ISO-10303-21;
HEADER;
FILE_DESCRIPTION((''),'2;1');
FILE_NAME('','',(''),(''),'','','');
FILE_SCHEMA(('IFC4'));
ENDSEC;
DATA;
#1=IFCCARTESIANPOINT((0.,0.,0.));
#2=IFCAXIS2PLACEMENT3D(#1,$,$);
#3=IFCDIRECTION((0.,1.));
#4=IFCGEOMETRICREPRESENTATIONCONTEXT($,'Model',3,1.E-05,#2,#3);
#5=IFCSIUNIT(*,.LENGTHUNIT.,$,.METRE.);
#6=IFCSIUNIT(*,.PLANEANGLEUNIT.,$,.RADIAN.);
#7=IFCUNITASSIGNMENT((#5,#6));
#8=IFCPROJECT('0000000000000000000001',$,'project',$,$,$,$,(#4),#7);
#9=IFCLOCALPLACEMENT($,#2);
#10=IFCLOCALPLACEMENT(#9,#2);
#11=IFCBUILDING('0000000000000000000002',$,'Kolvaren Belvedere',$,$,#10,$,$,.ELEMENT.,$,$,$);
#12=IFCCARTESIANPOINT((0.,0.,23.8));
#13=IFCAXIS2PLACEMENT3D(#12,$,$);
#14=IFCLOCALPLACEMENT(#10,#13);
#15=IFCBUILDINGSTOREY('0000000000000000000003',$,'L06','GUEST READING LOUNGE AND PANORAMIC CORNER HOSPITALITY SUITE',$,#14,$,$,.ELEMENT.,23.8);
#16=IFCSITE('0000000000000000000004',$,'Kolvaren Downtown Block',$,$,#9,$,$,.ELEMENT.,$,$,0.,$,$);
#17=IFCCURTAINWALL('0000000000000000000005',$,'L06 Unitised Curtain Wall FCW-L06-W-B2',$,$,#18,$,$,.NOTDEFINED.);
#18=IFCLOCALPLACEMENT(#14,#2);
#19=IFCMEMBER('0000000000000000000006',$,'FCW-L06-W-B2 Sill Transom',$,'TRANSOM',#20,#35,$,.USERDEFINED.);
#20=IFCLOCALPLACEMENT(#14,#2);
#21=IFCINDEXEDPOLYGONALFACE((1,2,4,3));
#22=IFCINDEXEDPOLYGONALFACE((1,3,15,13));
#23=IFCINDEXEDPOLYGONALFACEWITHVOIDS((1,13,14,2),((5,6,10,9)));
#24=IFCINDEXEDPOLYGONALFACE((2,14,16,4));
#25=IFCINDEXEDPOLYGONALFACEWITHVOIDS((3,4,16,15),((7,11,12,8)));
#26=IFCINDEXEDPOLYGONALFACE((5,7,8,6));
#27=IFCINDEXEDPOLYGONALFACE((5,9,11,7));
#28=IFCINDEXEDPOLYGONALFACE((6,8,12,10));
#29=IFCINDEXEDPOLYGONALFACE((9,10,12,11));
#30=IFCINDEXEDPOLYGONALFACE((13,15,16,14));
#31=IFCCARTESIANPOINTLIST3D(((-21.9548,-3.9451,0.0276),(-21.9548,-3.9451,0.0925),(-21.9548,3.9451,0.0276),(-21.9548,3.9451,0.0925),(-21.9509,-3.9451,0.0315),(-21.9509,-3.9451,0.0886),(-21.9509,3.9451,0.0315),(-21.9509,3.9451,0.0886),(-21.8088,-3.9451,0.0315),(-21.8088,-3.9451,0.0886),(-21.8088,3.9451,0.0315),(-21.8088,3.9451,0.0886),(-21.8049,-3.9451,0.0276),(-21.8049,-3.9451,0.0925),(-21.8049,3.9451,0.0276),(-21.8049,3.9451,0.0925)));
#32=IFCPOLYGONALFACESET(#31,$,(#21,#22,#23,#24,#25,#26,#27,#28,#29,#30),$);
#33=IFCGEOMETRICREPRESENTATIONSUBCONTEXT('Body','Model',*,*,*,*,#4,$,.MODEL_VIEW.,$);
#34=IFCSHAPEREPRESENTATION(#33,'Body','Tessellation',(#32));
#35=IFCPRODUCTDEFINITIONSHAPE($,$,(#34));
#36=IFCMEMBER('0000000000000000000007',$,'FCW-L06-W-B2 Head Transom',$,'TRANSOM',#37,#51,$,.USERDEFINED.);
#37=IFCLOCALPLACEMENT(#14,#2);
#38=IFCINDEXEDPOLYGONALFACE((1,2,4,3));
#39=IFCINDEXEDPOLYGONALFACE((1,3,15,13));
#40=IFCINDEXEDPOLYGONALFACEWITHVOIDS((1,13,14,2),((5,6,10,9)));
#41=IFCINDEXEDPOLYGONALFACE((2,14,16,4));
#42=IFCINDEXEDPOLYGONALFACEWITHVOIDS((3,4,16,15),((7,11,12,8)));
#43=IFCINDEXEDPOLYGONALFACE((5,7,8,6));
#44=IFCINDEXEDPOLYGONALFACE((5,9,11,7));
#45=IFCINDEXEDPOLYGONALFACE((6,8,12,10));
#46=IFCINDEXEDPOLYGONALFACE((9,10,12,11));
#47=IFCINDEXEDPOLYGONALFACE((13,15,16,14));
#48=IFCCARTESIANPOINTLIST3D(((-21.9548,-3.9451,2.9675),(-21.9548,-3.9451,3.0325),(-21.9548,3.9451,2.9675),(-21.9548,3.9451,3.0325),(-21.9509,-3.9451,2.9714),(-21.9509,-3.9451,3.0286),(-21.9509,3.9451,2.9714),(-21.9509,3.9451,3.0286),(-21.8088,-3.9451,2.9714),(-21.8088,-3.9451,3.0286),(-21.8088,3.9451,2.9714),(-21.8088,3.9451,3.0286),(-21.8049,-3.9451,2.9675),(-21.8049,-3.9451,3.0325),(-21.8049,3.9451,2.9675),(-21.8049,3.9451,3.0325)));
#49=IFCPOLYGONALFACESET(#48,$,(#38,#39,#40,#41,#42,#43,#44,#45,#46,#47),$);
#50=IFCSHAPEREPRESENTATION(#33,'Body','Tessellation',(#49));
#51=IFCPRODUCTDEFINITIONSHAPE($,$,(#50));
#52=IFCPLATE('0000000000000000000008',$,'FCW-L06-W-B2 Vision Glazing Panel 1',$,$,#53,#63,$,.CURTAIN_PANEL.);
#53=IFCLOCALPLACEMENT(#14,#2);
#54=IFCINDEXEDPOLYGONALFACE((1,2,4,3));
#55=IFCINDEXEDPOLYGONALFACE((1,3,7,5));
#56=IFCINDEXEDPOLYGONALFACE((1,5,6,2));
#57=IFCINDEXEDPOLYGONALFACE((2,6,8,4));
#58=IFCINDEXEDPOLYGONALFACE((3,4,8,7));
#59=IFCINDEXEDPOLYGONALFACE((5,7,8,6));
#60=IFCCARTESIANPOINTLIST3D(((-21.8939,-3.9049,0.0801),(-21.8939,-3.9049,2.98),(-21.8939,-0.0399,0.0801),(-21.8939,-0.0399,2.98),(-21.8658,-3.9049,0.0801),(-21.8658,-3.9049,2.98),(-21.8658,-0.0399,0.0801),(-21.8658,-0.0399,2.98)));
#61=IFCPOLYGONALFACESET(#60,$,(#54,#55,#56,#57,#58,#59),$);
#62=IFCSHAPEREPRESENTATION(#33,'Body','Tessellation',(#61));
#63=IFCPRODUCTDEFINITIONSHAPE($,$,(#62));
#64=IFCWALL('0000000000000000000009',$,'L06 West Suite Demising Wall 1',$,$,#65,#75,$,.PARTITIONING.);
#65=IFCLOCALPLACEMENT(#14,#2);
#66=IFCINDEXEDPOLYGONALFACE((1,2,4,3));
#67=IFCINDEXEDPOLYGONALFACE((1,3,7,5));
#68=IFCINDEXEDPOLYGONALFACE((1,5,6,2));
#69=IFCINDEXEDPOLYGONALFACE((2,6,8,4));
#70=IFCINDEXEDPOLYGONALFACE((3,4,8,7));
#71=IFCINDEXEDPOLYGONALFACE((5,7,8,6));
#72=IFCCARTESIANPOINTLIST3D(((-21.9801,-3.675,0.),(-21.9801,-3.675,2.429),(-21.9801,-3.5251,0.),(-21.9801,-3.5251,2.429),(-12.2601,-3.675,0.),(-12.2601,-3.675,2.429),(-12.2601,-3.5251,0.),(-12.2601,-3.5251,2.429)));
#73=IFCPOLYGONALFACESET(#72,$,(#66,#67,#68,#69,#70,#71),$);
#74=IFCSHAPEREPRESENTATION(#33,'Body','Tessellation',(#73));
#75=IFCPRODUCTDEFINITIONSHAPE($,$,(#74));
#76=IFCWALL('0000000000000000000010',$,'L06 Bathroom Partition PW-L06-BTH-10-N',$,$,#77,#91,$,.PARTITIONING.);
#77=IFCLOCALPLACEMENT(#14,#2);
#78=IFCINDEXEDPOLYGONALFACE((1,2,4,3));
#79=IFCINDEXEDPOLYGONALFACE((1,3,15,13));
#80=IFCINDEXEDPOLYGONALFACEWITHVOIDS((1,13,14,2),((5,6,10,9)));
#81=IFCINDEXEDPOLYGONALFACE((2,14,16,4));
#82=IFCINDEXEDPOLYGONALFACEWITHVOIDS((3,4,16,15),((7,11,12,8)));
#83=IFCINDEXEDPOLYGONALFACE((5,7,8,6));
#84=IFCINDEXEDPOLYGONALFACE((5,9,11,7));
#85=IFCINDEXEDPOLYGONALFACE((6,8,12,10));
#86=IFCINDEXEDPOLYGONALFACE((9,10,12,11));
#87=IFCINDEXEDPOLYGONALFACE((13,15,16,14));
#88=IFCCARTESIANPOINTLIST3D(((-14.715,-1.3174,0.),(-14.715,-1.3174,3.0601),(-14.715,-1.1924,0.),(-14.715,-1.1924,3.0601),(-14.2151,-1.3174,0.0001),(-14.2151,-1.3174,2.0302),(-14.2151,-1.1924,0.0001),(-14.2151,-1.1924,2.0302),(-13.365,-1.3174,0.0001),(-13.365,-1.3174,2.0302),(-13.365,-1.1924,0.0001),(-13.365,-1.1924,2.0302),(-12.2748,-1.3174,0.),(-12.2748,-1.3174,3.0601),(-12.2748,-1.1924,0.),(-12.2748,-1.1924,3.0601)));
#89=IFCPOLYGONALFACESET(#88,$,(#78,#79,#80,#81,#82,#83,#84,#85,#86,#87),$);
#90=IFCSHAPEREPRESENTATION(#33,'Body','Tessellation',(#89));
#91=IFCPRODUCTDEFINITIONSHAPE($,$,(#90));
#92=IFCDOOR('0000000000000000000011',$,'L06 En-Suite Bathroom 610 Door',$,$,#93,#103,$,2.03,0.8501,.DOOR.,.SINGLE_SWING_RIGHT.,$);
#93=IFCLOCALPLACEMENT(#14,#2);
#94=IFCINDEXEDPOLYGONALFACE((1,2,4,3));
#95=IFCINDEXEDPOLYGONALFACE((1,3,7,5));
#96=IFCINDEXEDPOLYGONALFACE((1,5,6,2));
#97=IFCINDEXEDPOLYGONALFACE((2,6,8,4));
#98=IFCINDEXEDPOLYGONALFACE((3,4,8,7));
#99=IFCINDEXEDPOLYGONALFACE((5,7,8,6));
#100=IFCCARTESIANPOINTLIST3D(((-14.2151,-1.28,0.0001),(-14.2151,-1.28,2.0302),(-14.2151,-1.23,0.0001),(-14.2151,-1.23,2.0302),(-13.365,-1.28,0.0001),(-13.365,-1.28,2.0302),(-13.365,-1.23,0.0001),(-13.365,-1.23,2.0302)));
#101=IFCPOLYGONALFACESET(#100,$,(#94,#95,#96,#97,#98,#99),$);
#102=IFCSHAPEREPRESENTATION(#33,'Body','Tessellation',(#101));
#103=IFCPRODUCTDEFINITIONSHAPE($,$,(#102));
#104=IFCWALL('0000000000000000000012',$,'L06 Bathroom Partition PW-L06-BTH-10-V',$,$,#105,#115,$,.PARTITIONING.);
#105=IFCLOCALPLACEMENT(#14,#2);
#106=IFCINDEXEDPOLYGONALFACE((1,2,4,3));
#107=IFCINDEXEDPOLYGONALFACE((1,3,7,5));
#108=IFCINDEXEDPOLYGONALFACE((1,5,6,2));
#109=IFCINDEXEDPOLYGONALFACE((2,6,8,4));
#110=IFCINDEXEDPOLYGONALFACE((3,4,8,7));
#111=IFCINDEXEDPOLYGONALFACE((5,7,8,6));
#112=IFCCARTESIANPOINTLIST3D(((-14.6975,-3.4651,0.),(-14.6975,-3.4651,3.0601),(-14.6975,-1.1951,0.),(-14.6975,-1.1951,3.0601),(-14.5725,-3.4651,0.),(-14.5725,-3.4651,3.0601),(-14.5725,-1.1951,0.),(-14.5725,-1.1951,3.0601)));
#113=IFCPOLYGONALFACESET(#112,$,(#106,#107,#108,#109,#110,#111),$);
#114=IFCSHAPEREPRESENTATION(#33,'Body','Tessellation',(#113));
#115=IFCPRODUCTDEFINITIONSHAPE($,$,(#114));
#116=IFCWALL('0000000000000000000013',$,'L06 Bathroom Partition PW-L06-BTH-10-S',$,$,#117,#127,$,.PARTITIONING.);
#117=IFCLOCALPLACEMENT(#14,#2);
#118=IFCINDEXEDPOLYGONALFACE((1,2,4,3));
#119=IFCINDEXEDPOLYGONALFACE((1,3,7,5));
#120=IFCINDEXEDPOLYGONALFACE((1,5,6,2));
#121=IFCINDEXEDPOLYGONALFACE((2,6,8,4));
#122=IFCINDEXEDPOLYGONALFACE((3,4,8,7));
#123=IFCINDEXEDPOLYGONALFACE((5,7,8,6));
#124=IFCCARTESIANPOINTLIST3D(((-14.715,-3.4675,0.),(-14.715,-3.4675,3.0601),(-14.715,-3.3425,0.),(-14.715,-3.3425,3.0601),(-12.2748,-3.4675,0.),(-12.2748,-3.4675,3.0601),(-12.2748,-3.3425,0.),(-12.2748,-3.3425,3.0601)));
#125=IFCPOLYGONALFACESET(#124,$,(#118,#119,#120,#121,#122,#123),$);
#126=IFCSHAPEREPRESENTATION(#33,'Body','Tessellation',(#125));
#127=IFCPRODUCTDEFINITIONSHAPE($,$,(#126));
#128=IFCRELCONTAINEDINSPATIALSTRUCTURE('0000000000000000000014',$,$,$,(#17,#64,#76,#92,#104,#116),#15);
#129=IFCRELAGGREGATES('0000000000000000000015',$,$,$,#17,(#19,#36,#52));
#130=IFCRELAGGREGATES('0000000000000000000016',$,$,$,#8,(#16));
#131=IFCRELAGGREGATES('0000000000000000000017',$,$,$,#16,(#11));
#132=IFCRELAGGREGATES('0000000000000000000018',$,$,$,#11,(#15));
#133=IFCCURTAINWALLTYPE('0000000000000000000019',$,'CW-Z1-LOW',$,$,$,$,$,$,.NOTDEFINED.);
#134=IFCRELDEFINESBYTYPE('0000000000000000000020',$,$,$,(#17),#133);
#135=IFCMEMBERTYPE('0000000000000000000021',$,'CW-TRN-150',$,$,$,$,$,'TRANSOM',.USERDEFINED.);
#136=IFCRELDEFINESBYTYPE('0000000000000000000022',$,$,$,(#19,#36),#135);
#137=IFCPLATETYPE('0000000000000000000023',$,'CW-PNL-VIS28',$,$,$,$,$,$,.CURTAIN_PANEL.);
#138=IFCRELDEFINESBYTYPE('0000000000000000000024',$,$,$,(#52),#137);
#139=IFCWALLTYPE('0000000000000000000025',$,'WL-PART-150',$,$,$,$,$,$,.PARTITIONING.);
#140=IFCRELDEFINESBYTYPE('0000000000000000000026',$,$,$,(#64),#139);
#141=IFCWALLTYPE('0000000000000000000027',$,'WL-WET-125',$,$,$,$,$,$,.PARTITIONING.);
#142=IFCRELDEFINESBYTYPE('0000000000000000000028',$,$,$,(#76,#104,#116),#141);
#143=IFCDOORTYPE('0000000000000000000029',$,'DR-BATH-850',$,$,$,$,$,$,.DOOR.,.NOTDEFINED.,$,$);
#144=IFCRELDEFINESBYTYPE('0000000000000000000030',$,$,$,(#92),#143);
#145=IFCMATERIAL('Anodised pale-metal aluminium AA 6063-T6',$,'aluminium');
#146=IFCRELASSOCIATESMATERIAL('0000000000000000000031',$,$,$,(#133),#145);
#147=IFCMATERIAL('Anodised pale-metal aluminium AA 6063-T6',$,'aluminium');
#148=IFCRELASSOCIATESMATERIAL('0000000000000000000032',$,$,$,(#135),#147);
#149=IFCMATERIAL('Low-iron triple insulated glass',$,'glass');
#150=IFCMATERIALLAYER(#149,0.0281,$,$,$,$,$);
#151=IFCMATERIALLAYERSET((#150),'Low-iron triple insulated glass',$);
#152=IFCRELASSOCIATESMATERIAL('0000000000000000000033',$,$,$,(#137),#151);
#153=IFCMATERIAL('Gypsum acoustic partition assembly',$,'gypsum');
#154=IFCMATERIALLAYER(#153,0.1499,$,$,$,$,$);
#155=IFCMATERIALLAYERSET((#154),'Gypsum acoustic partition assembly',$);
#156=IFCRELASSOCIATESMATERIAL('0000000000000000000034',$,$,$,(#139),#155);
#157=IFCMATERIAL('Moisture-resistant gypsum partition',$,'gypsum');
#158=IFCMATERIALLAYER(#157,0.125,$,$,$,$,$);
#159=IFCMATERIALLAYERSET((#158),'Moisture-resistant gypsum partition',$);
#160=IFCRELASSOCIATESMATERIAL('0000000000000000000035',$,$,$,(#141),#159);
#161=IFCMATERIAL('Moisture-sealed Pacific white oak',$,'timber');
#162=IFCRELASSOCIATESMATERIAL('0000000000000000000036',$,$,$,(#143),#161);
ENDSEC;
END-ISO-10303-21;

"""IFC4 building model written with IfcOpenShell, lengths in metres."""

from ifc_helpers import new_model, si_unit, direction, frame, frame_2d, origin, origin_2d, place, context, subcontext, project, spatial, rectangle, hollow_rectangle, extrude, material, layer, layer_set, material_profile, profile_set, type_object, element, fill, aggregate, save


model = new_model("IFC4")

# Units and contexts
model_context = context("Model", 3, precision=1e-05, world=origin(), true_north=direction((0.0, 1.0)))
body_context = subcontext(model_context, "Body", "Model", "MODEL_VIEW")
ifc_project = project(units=[si_unit("LENGTHUNIT", "METRE"), si_unit("PLANEANGLEUNIT", "RADIAN")], contexts=[model_context])

# Site, building, storey
site_placement = place(None, origin())
site = spatial("IfcSite", under=ifc_project, at=site_placement, Name="Kolvaren Downtown Block", CompositionType="ELEMENT", RefElevation=0.0)
building_placement = place(site_placement, origin())
building = spatial("IfcBuilding", under=site, at=building_placement, Name="Kolvaren Belvedere", CompositionType="ELEMENT")
storey_placement = place(building_placement, frame((0.0, 0.0, 23.8)))
storey = spatial("IfcBuildingStorey", under=building, at=storey_placement, Name="L06", Description="GUEST READING LOUNGE AND PANORAMIC CORNER HOSPITALITY SUITE", CompositionType="ELEMENT", Elevation=23.8)

# Curtain wall, members, plate
ifc_material_1 = material(Name="Anodised pale-metal aluminium AA 6063-T6", Category="aluminium")
curtain_wall_type = type_object("IfcCurtainWallType", Name="CW-Z1-LOW", PredefinedType="NOTDEFINED", material=ifc_material_1)
curtain_wall_placement = place(storey_placement, origin())
curtain_wall = element("IfcCurtainWall", 1, at=curtain_wall_placement, inside=storey, type_object=curtain_wall_type, Name="L06 Unitised Curtain Wall FCW-L06-W-B2", PredefinedType="NOTDEFINED")
ifc_material_2 = material(Name="Anodised pale-metal aluminium AA 6063-T6", Category="aluminium")
ifc_material_profile_1 = material_profile(ifc_material_2, hollow_rectangle(XDim=0.0649, YDim=0.1499, WallThickness=0.0039, at=origin_2d()), Name="ALU-TRN-150X65")
ifc_profile_set_1 = profile_set([ifc_material_profile_1], Name="Anodised pale-metal aluminium AA 6063-T6")
member_type_1 = type_object("IfcMemberType", Name="CW-TRN-150", ElementType="TRANSOM", PredefinedType="USERDEFINED", material=ifc_profile_set_1)
member_1_placement = place(storey_placement, frame((-21.8799, -3.9451, 0.0601), z_axis=(0.0, 1.0, 0.0), x_axis=(0.0, 0.0, 1.0)))
member_1 = element("IfcMember", 2, at=member_1_placement, type_object=member_type_1, Name="FCW-L06-W-B2 Sill Transom", ObjectType="TRANSOM", PredefinedType="USERDEFINED", context=body_context, shape_type="SweptSolid", body=[
    extrude(hollow_rectangle(XDim=0.0649, YDim=0.1499, WallThickness=0.0039, at=origin_2d()), origin(), (0.0, 0.0, 1.0), 7.8901),
])
member_2_placement = place(storey_placement, frame((-21.8799, -3.9451, 3.0), z_axis=(0.0, 1.0, 0.0), x_axis=(0.0, 0.0, 1.0)))
member_2 = element("IfcMember", 3, at=member_2_placement, type_object=member_type_1, Name="FCW-L06-W-B2 Head Transom", ObjectType="TRANSOM", PredefinedType="USERDEFINED", context=body_context, shape_type="SweptSolid", body=[
    extrude(hollow_rectangle(XDim=0.0649, YDim=0.1499, WallThickness=0.0039, at=origin_2d()), origin(), (0.0, 0.0, 1.0), 7.8901),
])
ifc_material_3 = material(Name="Low-iron triple insulated glass", Category="glass")
ifc_layer_1 = layer(ifc_material_3, 0.0281)
ifc_layer_set_1 = layer_set([ifc_layer_1], Name="Low-iron triple insulated glass")
plate_type = type_object("IfcPlateType", Name="CW-PNL-VIS28", PredefinedType="CURTAIN_PANEL", material=ifc_layer_set_1)
plate_placement = place(storey_placement, frame((-21.8799, -1.9724, 0.0801), z_axis=(0.0, 0.0, 1.0), x_axis=(0.0, 1.0, 0.0)))
plate = element("IfcPlate", 4, at=plate_placement, type_object=plate_type, Name="FCW-L06-W-B2 Vision Glazing Panel 1", PredefinedType="CURTAIN_PANEL", context=body_context, shape_type="SweptSolid", body=[
    extrude(rectangle(XDim=3.865, YDim=0.0281, at=origin_2d()), origin(), (0.0, 0.0, 1.0), 2.8999),
])
aggregate(curtain_wall, [member_1, member_2, plate])

# Wall
ifc_material_4 = material(Name="Gypsum acoustic partition assembly", Category="gypsum")
ifc_layer_2 = layer(ifc_material_4, 0.1499)
ifc_layer_set_2 = layer_set([ifc_layer_2], Name="Gypsum acoustic partition assembly")
wall_type_1 = type_object("IfcWallType", Name="WL-PART-150", PredefinedType="PARTITIONING", material=ifc_layer_set_2)
wall_1_placement = place(storey_placement, frame((-21.98, -3.6001, 0.0), z_axis=(0.0, 0.0, 1.0), x_axis=(1.0, 0.0, 0.0)))
element("IfcWall", 5, at=wall_1_placement, inside=storey, type_object=wall_type_1, Name="L06 West Suite Demising Wall 1", PredefinedType="PARTITIONING", context=body_context, shape_type="SweptSolid", body=[
    extrude(rectangle(XDim=9.72, YDim=0.1499, at=frame_2d((4.8599, 0.0))), origin(), (0.0, 0.0, 1.0), 2.429),
])

# Wall, opening, door
ifc_material_5 = material(Name="Moisture-resistant gypsum partition", Category="gypsum")
ifc_layer_3 = layer(ifc_material_5, 0.125)
ifc_layer_set_3 = layer_set([ifc_layer_3], Name="Moisture-resistant gypsum partition")
wall_type_2 = type_object("IfcWallType", Name="WL-WET-125", PredefinedType="PARTITIONING", material=ifc_layer_set_3)
wall_2_placement = place(storey_placement, frame((-14.7151, -1.2549, 0.0), z_axis=(0.0, 0.0, 1.0), x_axis=(1.0, 0.0, 0.0)))
wall_2 = element("IfcWall", 6, at=wall_2_placement, inside=storey, type_object=wall_type_2, Name="L06 Bathroom Partition PW-L06-BTH-10-N", PredefinedType="PARTITIONING", context=body_context, shape_type="SweptSolid", body=[
    extrude(rectangle(XDim=2.4402, YDim=0.125, at=frame_2d((1.2202, 0.0))), origin(), (0.0, 0.0, 1.0), 3.0601),
])
opening_placement = place(wall_2_placement, frame((0.5, 0.0, 0.0)))
opening = element("IfcOpeningElement", 7, at=opening_placement, cuts=wall_2, PredefinedType="OPENING", context=body_context, shape_type="SweptSolid", body=[
    extrude(rectangle(XDim=0.8501, YDim=2.03, at=frame_2d((0.425, 1.0151))), frame((0.0, 0.0725, 0.0), z_axis=(0.0, -1.0, 0.0), x_axis=(1.0, 0.0, 0.0)), (0.0, 0.0, 1.0), 0.145),
])
ifc_material_6 = material(Name="Moisture-sealed Pacific white oak", Category="timber")
door_type = type_object("IfcDoorType", Name="DR-BATH-850", OperationType="NOTDEFINED", PredefinedType="DOOR", material=ifc_material_6)
door_placement = place(opening_placement, origin())
door = element("IfcDoor", 8, at=door_placement, inside=storey, type_object=door_type, Name="L06 En-Suite Bathroom 610 Door", OperationType="SINGLE_SWING_RIGHT", OverallHeight=2.03, OverallWidth=0.8501, PredefinedType="DOOR", context=body_context, shape_type="SweptSolid", body=[
    extrude(rectangle(XDim=0.8501, YDim=2.03, at=frame_2d((0.425, 1.0151))), frame((0.0, 0.0249, 0.0), z_axis=(0.0, -1.0, 0.0), x_axis=(1.0, 0.0, 0.0)), (0.0, 0.0, 1.0), 0.05),
])
fill(opening, door)

# Walls
wall_3_placement = place(storey_placement, frame((-14.635, -3.4651, 0.0), z_axis=(0.0, 0.0, 1.0), x_axis=(0.0, 1.0, 0.0)))
element("IfcWall", 9, at=wall_3_placement, inside=storey, type_object=wall_type_2, Name="L06 Bathroom Partition PW-L06-BTH-10-V", PredefinedType="PARTITIONING", context=body_context, shape_type="SweptSolid", body=[
    extrude(rectangle(XDim=2.27, YDim=0.125, at=frame_2d((1.135, 0.0))), origin(), (0.0, 0.0, 1.0), 3.0601),
])
wall_4_placement = place(storey_placement, frame((-14.7151, -3.405, 0.0), z_axis=(0.0, 0.0, 1.0), x_axis=(1.0, 0.0, 0.0)))
element("IfcWall", 10, at=wall_4_placement, inside=storey, type_object=wall_type_2, Name="L06 Bathroom Partition PW-L06-BTH-10-S", PredefinedType="PARTITIONING", context=body_context, shape_type="SweptSolid", body=[
    extrude(rectangle(XDim=2.4402, YDim=0.125, at=frame_2d((1.2202, 0.0))), origin(), (0.0, 0.0, 1.0), 3.0601),
])

save(model, "model.ifc")
